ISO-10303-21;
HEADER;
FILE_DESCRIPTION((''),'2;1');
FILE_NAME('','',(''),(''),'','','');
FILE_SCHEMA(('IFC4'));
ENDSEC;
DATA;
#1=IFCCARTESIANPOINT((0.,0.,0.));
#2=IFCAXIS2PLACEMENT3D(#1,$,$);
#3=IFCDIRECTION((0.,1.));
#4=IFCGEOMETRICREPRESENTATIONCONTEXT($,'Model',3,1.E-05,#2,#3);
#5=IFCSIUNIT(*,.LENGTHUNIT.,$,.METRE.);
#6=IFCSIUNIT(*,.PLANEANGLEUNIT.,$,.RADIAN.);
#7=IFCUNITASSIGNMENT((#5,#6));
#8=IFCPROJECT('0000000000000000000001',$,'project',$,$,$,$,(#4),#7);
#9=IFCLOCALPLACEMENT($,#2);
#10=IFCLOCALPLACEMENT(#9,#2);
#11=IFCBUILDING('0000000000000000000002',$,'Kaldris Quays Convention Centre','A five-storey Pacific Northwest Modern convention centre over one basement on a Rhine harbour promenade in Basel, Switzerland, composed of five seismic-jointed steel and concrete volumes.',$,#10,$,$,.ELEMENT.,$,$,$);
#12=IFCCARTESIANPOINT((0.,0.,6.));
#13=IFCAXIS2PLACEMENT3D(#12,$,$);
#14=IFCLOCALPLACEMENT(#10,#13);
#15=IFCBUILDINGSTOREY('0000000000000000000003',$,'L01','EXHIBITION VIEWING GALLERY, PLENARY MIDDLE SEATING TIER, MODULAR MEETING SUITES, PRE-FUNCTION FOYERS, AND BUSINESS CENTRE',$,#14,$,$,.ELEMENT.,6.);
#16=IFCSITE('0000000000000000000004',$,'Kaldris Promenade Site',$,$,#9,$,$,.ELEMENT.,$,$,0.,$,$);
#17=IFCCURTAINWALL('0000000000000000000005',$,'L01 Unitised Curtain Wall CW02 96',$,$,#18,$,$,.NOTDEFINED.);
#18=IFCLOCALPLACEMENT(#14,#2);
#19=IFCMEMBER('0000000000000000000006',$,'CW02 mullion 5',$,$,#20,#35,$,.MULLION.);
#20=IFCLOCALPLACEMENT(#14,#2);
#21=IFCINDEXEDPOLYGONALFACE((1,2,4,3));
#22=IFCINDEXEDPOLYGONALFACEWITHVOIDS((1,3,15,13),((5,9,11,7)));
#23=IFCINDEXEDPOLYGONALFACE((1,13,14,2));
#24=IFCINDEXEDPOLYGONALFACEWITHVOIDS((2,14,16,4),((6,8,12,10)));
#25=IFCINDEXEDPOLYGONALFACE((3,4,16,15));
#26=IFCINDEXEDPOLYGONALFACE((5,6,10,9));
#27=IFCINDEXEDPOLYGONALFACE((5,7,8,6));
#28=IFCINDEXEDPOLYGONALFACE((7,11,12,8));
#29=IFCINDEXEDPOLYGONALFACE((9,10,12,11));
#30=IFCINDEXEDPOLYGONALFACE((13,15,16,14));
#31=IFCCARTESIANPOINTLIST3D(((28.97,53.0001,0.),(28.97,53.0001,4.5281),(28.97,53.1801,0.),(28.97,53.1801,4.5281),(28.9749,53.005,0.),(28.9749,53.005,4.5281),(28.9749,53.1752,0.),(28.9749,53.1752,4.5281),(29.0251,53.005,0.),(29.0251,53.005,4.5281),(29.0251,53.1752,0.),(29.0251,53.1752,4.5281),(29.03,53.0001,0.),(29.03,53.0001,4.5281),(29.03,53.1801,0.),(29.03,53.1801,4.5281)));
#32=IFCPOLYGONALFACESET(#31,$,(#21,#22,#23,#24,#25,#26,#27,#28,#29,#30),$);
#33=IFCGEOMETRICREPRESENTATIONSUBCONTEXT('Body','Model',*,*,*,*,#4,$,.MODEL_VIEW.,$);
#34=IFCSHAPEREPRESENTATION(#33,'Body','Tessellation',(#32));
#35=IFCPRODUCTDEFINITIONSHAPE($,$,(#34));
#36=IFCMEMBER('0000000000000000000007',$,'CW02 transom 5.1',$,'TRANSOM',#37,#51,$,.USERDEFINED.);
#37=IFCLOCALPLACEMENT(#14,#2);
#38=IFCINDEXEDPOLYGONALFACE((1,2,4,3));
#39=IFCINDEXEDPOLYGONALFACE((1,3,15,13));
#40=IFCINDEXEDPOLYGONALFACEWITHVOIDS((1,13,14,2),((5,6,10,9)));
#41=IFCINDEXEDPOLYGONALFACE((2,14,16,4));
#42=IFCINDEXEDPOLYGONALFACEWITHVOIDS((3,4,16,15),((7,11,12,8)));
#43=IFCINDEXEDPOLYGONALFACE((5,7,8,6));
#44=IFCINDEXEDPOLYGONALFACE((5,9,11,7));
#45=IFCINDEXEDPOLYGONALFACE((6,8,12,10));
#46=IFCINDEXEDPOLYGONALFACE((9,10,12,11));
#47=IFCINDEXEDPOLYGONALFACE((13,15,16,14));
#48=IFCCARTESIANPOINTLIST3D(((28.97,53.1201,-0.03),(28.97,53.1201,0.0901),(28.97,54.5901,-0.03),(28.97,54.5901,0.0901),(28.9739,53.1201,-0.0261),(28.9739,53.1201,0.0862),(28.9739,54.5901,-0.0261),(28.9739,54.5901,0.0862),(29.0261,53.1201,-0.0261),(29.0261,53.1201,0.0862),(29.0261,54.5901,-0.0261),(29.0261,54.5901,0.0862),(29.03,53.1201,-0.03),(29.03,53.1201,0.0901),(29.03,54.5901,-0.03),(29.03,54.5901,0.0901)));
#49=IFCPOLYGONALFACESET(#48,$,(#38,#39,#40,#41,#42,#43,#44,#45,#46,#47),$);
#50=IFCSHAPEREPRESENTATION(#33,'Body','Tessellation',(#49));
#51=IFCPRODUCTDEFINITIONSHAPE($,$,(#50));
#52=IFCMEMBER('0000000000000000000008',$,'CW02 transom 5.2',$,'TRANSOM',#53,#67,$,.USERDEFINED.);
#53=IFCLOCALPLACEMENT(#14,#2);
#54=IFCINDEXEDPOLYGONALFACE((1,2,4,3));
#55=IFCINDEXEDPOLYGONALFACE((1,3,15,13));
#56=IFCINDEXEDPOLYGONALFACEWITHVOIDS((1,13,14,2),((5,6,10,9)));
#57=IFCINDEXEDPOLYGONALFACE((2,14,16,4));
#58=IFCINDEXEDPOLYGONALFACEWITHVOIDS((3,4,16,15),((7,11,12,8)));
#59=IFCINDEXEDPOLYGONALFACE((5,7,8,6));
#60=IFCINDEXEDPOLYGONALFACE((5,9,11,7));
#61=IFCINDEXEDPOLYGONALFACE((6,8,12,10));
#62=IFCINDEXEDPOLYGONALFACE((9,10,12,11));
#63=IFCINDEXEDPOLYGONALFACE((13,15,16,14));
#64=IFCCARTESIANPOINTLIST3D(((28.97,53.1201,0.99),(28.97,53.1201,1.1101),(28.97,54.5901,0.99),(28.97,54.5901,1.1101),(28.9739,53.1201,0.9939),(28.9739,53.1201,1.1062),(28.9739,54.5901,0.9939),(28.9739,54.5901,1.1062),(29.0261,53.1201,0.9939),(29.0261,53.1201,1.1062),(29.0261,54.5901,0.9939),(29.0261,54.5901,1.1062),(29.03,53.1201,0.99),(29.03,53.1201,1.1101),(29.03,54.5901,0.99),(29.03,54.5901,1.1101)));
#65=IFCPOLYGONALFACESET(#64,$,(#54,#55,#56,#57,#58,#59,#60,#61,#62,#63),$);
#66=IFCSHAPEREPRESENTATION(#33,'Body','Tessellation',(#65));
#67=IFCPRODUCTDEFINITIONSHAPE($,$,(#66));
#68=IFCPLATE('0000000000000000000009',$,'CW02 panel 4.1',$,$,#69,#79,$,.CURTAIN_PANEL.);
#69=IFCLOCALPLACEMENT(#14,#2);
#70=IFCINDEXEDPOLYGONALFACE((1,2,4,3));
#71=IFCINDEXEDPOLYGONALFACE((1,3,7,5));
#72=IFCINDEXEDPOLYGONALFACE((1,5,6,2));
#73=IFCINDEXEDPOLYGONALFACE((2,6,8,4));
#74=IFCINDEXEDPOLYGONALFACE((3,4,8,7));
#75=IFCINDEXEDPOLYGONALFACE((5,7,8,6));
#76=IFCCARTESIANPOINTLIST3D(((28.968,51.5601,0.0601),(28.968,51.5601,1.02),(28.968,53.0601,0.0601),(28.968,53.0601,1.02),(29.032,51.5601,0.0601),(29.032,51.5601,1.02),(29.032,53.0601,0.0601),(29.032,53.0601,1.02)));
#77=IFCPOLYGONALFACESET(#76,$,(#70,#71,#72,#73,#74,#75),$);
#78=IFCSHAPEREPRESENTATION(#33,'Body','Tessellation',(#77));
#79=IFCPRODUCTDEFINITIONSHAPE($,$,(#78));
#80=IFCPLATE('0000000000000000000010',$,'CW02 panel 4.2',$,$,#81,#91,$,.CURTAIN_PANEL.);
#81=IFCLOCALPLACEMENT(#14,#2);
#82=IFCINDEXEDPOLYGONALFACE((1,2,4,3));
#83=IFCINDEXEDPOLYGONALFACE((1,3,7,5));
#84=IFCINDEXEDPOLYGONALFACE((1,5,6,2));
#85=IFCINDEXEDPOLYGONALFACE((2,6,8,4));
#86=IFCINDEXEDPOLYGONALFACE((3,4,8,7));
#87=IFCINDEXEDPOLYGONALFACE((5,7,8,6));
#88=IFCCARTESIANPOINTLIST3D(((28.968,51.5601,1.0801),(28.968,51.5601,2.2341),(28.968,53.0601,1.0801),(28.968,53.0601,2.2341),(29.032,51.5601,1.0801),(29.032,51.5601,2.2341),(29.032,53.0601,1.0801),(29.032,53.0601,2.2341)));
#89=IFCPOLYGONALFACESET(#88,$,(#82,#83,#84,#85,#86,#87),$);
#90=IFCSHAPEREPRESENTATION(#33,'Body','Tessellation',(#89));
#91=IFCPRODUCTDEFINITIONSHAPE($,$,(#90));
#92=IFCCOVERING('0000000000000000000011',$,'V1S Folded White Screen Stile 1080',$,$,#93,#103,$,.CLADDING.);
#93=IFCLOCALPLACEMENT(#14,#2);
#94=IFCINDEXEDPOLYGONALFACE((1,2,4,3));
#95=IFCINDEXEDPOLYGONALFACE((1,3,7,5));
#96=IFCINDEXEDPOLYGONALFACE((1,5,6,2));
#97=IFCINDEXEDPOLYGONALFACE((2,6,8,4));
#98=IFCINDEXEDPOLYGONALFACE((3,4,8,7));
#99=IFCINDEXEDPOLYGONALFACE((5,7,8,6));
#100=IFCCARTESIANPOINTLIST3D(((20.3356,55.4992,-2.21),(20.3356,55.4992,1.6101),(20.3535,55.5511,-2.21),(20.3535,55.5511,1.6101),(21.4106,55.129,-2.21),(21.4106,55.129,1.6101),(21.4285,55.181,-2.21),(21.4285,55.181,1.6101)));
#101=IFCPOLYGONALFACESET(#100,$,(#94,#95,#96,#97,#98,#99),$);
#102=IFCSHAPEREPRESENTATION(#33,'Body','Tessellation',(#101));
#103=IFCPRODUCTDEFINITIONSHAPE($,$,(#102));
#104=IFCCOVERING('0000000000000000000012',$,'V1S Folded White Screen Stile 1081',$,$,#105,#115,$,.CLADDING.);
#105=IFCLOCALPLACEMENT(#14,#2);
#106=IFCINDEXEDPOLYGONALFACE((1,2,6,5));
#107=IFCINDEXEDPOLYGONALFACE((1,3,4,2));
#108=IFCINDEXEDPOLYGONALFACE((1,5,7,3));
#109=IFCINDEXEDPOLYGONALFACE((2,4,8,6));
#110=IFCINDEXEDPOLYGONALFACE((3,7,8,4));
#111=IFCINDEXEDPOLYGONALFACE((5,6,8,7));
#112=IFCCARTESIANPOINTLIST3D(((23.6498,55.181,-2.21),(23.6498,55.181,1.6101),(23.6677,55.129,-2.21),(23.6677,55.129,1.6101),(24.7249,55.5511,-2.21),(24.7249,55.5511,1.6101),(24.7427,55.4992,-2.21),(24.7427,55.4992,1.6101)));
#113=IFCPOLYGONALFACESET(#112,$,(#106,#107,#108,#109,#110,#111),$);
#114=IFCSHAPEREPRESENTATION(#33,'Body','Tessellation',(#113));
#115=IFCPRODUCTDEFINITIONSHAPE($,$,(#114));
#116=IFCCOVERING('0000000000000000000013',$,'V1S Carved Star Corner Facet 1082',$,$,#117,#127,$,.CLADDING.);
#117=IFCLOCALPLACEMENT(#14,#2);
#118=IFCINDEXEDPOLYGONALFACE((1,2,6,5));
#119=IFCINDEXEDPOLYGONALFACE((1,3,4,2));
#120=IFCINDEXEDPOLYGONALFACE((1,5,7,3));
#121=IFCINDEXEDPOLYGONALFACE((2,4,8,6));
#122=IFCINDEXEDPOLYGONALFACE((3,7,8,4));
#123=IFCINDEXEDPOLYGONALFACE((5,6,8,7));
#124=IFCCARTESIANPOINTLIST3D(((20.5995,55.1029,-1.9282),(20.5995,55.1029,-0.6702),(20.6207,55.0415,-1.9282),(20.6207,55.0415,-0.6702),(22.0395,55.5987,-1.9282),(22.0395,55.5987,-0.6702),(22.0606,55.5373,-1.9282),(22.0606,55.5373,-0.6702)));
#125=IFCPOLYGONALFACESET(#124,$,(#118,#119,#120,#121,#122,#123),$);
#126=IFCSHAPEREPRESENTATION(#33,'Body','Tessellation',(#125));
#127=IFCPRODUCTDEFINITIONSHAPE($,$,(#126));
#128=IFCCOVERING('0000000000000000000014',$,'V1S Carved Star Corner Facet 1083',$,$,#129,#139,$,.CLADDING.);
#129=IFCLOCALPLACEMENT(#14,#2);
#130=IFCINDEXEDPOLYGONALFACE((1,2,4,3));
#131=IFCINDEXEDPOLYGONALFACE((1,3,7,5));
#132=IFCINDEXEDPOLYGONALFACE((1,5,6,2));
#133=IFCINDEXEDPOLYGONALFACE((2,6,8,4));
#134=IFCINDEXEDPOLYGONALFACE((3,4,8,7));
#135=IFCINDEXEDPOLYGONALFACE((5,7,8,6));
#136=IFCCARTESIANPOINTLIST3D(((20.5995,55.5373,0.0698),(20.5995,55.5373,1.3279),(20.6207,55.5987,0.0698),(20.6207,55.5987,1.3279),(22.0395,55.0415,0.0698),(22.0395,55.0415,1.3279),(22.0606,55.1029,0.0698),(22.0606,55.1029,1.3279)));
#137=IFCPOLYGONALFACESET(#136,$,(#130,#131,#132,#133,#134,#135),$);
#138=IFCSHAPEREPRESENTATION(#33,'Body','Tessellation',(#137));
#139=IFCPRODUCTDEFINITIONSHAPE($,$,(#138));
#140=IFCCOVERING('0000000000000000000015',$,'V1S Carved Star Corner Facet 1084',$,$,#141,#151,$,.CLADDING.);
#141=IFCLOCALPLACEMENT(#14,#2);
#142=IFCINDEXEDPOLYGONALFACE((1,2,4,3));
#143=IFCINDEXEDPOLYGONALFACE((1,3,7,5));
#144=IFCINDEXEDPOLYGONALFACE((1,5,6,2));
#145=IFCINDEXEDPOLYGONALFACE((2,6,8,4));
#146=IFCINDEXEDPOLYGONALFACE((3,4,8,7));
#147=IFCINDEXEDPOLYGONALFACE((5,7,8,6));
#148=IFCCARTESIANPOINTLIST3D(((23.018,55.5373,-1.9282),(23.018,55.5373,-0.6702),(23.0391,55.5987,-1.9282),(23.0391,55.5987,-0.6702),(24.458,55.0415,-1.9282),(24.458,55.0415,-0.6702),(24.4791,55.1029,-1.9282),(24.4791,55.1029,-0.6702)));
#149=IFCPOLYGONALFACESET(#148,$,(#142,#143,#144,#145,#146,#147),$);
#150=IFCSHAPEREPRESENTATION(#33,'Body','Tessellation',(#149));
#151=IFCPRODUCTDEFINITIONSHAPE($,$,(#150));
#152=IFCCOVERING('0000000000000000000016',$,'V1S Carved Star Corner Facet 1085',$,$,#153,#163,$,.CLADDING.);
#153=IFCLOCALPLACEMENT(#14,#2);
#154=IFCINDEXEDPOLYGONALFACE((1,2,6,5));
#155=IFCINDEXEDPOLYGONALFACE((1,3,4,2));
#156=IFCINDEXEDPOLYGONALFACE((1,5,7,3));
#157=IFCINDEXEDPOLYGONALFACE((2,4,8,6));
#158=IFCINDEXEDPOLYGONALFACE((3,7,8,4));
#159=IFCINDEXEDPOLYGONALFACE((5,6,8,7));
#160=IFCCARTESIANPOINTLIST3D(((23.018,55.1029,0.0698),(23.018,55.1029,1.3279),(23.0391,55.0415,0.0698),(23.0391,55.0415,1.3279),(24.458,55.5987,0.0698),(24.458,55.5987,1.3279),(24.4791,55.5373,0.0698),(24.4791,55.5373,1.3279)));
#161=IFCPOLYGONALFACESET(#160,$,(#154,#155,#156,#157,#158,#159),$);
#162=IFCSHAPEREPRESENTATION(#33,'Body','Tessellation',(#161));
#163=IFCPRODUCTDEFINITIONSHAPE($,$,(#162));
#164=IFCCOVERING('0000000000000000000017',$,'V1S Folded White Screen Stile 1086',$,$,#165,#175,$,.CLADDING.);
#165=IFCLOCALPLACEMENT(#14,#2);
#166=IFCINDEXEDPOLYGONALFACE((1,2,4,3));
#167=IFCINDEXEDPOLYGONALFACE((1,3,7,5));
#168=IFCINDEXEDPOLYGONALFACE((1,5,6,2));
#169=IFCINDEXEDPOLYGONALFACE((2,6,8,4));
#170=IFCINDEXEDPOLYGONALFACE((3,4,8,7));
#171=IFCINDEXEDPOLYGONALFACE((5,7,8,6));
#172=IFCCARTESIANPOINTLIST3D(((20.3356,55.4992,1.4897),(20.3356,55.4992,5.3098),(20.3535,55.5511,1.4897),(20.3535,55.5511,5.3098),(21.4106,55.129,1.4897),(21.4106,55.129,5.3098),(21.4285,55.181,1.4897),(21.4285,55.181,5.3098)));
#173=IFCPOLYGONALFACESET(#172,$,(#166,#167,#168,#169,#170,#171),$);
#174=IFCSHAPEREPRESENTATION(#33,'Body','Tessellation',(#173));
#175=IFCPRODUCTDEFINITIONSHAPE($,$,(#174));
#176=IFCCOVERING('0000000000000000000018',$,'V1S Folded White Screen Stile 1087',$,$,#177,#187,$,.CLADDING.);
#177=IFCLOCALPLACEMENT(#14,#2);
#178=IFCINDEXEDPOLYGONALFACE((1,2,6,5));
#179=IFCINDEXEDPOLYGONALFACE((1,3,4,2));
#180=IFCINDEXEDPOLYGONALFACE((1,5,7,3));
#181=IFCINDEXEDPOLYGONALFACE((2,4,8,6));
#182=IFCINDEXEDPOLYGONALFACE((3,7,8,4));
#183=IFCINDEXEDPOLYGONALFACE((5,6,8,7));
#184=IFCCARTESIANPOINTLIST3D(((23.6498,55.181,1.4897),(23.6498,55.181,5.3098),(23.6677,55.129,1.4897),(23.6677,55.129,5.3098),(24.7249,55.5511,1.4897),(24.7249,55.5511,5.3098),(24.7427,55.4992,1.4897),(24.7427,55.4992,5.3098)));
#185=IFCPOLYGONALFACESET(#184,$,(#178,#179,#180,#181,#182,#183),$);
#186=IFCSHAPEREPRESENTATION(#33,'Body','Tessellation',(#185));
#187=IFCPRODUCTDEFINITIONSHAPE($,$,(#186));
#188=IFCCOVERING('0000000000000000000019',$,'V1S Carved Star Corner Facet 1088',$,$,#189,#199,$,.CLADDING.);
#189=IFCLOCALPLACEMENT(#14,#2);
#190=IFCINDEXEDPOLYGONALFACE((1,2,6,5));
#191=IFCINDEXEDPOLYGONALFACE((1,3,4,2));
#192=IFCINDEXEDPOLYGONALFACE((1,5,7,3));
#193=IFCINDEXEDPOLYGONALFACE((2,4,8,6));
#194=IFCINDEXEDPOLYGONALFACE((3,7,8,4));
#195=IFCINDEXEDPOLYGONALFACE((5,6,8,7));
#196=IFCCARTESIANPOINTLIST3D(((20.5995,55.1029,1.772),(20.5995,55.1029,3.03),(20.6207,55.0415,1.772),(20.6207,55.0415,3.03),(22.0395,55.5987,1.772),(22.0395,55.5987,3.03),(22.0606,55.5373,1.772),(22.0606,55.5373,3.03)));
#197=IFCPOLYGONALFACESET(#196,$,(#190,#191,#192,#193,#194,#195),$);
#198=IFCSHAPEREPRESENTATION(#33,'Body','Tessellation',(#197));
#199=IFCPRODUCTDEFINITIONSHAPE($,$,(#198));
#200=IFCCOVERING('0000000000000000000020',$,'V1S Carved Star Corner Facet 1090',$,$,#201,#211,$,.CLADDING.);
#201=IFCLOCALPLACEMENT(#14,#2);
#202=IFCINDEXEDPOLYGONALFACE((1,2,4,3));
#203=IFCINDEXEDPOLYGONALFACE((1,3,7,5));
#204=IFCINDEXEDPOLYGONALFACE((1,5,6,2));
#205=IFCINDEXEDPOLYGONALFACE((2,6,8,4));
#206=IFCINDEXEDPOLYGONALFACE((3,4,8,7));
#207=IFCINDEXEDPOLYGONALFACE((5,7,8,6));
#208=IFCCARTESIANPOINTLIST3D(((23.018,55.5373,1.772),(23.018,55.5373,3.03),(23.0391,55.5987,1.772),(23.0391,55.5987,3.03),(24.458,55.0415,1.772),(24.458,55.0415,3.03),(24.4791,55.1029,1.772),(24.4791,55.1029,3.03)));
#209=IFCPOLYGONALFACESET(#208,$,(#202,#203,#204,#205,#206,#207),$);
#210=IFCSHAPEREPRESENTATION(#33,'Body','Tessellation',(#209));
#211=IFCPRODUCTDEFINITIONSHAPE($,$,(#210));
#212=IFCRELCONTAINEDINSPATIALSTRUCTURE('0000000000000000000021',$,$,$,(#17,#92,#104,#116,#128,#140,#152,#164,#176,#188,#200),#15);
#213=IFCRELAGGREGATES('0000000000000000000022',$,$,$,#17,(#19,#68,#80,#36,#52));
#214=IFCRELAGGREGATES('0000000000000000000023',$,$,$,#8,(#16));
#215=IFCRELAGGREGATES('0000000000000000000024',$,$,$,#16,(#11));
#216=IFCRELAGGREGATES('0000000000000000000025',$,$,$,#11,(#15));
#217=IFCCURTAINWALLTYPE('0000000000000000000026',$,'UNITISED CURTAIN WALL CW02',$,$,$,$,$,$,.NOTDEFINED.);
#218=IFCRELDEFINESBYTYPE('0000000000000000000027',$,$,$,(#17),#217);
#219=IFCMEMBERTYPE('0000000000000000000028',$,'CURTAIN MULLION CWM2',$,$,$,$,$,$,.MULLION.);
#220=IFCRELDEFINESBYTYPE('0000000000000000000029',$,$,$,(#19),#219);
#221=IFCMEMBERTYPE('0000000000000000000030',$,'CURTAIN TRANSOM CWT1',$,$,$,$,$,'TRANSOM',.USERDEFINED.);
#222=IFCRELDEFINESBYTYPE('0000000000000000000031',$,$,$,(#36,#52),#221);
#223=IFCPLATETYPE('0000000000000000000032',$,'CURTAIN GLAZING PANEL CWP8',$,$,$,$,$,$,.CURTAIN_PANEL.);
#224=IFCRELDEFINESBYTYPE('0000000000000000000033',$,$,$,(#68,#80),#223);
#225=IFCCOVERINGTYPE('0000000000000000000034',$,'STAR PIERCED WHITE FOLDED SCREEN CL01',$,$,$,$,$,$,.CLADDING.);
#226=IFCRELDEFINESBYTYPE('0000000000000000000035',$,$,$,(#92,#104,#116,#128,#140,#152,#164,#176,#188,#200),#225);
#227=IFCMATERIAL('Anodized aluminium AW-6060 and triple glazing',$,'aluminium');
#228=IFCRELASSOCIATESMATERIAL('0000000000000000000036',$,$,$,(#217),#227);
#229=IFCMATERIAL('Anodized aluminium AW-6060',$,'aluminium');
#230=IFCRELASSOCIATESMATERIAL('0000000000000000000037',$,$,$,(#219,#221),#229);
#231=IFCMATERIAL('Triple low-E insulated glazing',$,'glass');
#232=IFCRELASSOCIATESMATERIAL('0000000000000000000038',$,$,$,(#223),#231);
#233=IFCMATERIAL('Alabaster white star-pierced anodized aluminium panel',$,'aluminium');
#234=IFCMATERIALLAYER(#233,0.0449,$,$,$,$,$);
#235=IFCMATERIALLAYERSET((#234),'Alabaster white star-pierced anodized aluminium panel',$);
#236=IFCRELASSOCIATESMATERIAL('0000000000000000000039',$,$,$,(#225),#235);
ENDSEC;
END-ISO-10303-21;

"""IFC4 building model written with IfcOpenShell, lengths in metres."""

from ifc_helpers import new_model, si_unit, direction, frame, origin, origin_2d, place, context, subcontext, project, spatial, rectangle, hollow_rectangle, extrude, material, layer, layer_set, material_profile, profile_set, type_object, element, aggregate, save


model = new_model("IFC4")

# Units and contexts
model_context = context("Model", 3, precision=1e-05, world=origin(), true_north=direction((0.0, 1.0)))
body_context = subcontext(model_context, "Body", "Model", "MODEL_VIEW")
ifc_project = project(units=[si_unit("LENGTHUNIT", "METRE"), si_unit("PLANEANGLEUNIT", "RADIAN")], contexts=[model_context])

# Site, building, storey
site_placement = place(None, origin())
site = spatial("IfcSite", under=ifc_project, at=site_placement, Name="Kaldris Promenade Site", CompositionType="ELEMENT", RefElevation=0.0)
building_placement = place(site_placement, origin())
building = spatial("IfcBuilding", under=site, at=building_placement, Name="Kaldris Quays Convention Centre", Description="A five-storey Pacific Northwest Modern convention centre over one basement on a Rhine harbour promenade in Basel, Switzerland, composed of five seismic-jointed steel and concrete volumes.", CompositionType="ELEMENT")
storey_placement = place(building_placement, frame((0.0, 0.0, 6.0)))
storey = spatial("IfcBuildingStorey", under=building, at=storey_placement, Name="L01", Description="EXHIBITION VIEWING GALLERY, PLENARY MIDDLE SEATING TIER, MODULAR MEETING SUITES, PRE-FUNCTION FOYERS, AND BUSINESS CENTRE", CompositionType="ELEMENT", Elevation=6.0)

# Curtain wall, members, plates
ifc_material_1 = material(Name="Anodized aluminium AW-6060 and triple glazing", Category="aluminium")
curtain_wall_type = type_object("IfcCurtainWallType", Name="UNITISED CURTAIN WALL CW02", PredefinedType="NOTDEFINED", material=ifc_material_1)
curtain_wall_placement = place(storey_placement, origin())
curtain_wall = element("IfcCurtainWall", 1, at=curtain_wall_placement, inside=storey, type_object=curtain_wall_type, Name="L01 Unitised Curtain Wall CW02 96", PredefinedType="NOTDEFINED")
ifc_material_2 = material(Name="Anodized aluminium AW-6060", Category="aluminium")
ifc_material_profile_1 = material_profile(ifc_material_2, hollow_rectangle(XDim=0.0601, YDim=0.1799, WallThickness=0.0049, at=origin_2d()), Name="RHS 180x60x5")
ifc_profile_set_1 = profile_set([ifc_material_profile_1], Name="Anodized aluminium AW-6060")
member_type_1 = type_object("IfcMemberType", Name="CURTAIN MULLION CWM2", PredefinedType="MULLION", material=ifc_profile_set_1)
member_1_placement = place(storey_placement, frame((29.0, 53.0901, 0.0), z_axis=(0.0, 0.0, 1.0), x_axis=(-1.0, 0.0, 0.0)))
member_1 = element("IfcMember", 2, at=member_1_placement, type_object=member_type_1, Name="CW02 mullion 5", PredefinedType="MULLION", context=body_context, shape_type="SweptSolid", body=[
    extrude(hollow_rectangle(XDim=0.0601, YDim=0.1799, WallThickness=0.0049, at=origin_2d()), origin(), (0.0, 0.0, 1.0), 4.5281),
])
ifc_material_profile_2 = material_profile(ifc_material_2, hollow_rectangle(XDim=0.0601, YDim=0.1201, WallThickness=0.0039, at=origin_2d()), Name="RHS 120x60x4")
ifc_profile_set_2 = profile_set([ifc_material_profile_2], Name="Anodized aluminium AW-6060")
member_type_2 = type_object("IfcMemberType", Name="CURTAIN TRANSOM CWT1", ElementType="TRANSOM", PredefinedType="USERDEFINED", material=ifc_profile_set_2)
member_2_placement = place(storey_placement, frame((29.0, 53.1201, 0.03), z_axis=(0.0, 1.0, 0.0), x_axis=(-1.0, 0.0, 0.0)))
member_2 = element("IfcMember", 3, at=member_2_placement, type_object=member_type_2, Name="CW02 transom 5.1", ObjectType="TRANSOM", PredefinedType="USERDEFINED", context=body_context, shape_type="SweptSolid", body=[
    extrude(hollow_rectangle(XDim=0.0601, YDim=0.1201, WallThickness=0.0039, at=origin_2d()), origin(), (0.0, 0.0, 1.0), 1.47),
])
member_3_placement = place(storey_placement, frame((29.0, 53.1201, 1.05), z_axis=(0.0, 1.0, 0.0), x_axis=(-1.0, 0.0, 0.0)))
member_3 = element("IfcMember", 4, at=member_3_placement, type_object=member_type_2, Name="CW02 transom 5.2", ObjectType="TRANSOM", PredefinedType="USERDEFINED", context=body_context, shape_type="SweptSolid", body=[
    extrude(hollow_rectangle(XDim=0.0601, YDim=0.1201, WallThickness=0.0039, at=origin_2d()), origin(), (0.0, 0.0, 1.0), 1.47),
])
ifc_material_3 = material(Name="Triple low-E insulated glazing", Category="glass")
plate_type = type_object("IfcPlateType", Name="CURTAIN GLAZING PANEL CWP8", PredefinedType="CURTAIN_PANEL", material=ifc_material_3)
plate_1_placement = place(storey_placement, frame((29.0, 52.3101, 0.0601), z_axis=(0.0, 0.0, 1.0), x_axis=(0.0, 1.0, 0.0)))
plate_1 = element("IfcPlate", 5, at=plate_1_placement, type_object=plate_type, Name="CW02 panel 4.1", PredefinedType="CURTAIN_PANEL", context=body_context, shape_type="SweptSolid", body=[
    extrude(rectangle(XDim=1.5, YDim=0.064, at=origin_2d()), origin(), (0.0, 0.0, 1.0), 0.96),
])
plate_2_placement = place(storey_placement, frame((29.0, 52.3101, 1.0801), z_axis=(0.0, 0.0, 1.0), x_axis=(0.0, 1.0, 0.0)))
plate_2 = element("IfcPlate", 6, at=plate_2_placement, type_object=plate_type, Name="CW02 panel 4.2", PredefinedType="CURTAIN_PANEL", context=body_context, shape_type="SweptSolid", body=[
    extrude(rectangle(XDim=1.5, YDim=0.064, at=origin_2d()), origin(), (0.0, 0.0, 1.0), 1.1541),
])
aggregate(curtain_wall, [member_1, plate_1, plate_2, member_2, member_3])

# Coverings
ifc_material_4 = material(Name="Alabaster white star-pierced anodized aluminium panel", Category="aluminium")
ifc_layer = layer(ifc_material_4, 0.0449)
ifc_layer_set = layer_set([ifc_layer], Name="Alabaster white star-pierced anodized aluminium panel")
covering_type = type_object("IfcCoveringType", Name="STAR PIERCED WHITE FOLDED SCREEN CL01", PredefinedType="CLADDING", material=ifc_layer_set)
for number, where, z_axis, x_axis, name in (
    (7, (20.8821, 55.3401, -2.21), (0.0, 0.0, 1.0), (0.945519, -0.325568, 0.0), "V1S Folded White Screen Stile 1080"),
    (8, (24.1963, 55.3401, -2.21), (0.0, 0.0, 1.0), (0.945519, 0.325568, 0.0), "V1S Folded White Screen Stile 1081"),
):
    element("IfcCovering", number, at=place(storey_placement, frame(where, z_axis=z_axis, x_axis=x_axis)), inside=storey, type_object=covering_type, Name=name, PredefinedType="CLADDING", context=body_context, shape_type="SweptSolid", body=[
        extrude(rectangle(XDim=1.137, YDim=0.0549, at=origin_2d()), origin(), (0.0, 0.0, 1.0), 3.8201),
    ])
for number, where, z_axis, x_axis, name in (
    (9, (21.3301, 55.3201, -1.9282), (0.0, 0.0, 1.0), (0.945519, 0.325568, 0.0), "V1S Carved Star Corner Facet 1082"),
    (10, (21.3301, 55.3201, 0.0698), (0.0, 0.0, 1.0), (0.945519, -0.325568, 0.0), "V1S Carved Star Corner Facet 1083"),
    (11, (23.7485, 55.3201, -1.9282), (0.0, 0.0, 1.0), (0.945519, -0.325568, 0.0), "V1S Carved Star Corner Facet 1084"),
    (12, (23.7485, 55.3201, 0.0698), (0.0, 0.0, 1.0), (0.945519, 0.325568, 0.0), "V1S Carved Star Corner Facet 1085"),
):
    element("IfcCovering", number, at=place(storey_placement, frame(where, z_axis=z_axis, x_axis=x_axis)), inside=storey, type_object=covering_type, Name=name, PredefinedType="CLADDING", context=body_context, shape_type="SweptSolid", body=[
        extrude(rectangle(XDim=1.5229, YDim=0.0649, at=origin_2d()), origin(), (0.0, 0.0, 1.0), 1.2581),
    ])
for number, where, z_axis, x_axis, name in (
    (13, (20.8821, 55.3401, 1.4897), (0.0, 0.0, 1.0), (0.945519, -0.325568, 0.0), "V1S Folded White Screen Stile 1086"),
    (14, (24.1963, 55.3401, 1.4897), (0.0, 0.0, 1.0), (0.945519, 0.325568, 0.0), "V1S Folded White Screen Stile 1087"),
):
    element("IfcCovering", number, at=place(storey_placement, frame(where, z_axis=z_axis, x_axis=x_axis)), inside=storey, type_object=covering_type, Name=name, PredefinedType="CLADDING", context=body_context, shape_type="SweptSolid", body=[
        extrude(rectangle(XDim=1.137, YDim=0.0549, at=origin_2d()), origin(), (0.0, 0.0, 1.0), 3.8201),
    ])
for number, where, z_axis, x_axis, name in (
    (15, (21.3301, 55.3201, 1.772), (0.0, 0.0, 1.0), (0.945519, 0.325568, 0.0), "V1S Carved Star Corner Facet 1088"),
    (16, (23.7485, 55.3201, 1.772), (0.0, 0.0, 1.0), (0.945519, -0.325568, 0.0), "V1S Carved Star Corner Facet 1090"),
):
    element("IfcCovering", number, at=place(storey_placement, frame(where, z_axis=z_axis, x_axis=x_axis)), inside=storey, type_object=covering_type, Name=name, PredefinedType="CLADDING", context=body_context, shape_type="SweptSolid", body=[
        extrude(rectangle(XDim=1.5229, YDim=0.0649, at=origin_2d()), origin(), (0.0, 0.0, 1.0), 1.2581),
    ])

save(model, "model.ifc")
